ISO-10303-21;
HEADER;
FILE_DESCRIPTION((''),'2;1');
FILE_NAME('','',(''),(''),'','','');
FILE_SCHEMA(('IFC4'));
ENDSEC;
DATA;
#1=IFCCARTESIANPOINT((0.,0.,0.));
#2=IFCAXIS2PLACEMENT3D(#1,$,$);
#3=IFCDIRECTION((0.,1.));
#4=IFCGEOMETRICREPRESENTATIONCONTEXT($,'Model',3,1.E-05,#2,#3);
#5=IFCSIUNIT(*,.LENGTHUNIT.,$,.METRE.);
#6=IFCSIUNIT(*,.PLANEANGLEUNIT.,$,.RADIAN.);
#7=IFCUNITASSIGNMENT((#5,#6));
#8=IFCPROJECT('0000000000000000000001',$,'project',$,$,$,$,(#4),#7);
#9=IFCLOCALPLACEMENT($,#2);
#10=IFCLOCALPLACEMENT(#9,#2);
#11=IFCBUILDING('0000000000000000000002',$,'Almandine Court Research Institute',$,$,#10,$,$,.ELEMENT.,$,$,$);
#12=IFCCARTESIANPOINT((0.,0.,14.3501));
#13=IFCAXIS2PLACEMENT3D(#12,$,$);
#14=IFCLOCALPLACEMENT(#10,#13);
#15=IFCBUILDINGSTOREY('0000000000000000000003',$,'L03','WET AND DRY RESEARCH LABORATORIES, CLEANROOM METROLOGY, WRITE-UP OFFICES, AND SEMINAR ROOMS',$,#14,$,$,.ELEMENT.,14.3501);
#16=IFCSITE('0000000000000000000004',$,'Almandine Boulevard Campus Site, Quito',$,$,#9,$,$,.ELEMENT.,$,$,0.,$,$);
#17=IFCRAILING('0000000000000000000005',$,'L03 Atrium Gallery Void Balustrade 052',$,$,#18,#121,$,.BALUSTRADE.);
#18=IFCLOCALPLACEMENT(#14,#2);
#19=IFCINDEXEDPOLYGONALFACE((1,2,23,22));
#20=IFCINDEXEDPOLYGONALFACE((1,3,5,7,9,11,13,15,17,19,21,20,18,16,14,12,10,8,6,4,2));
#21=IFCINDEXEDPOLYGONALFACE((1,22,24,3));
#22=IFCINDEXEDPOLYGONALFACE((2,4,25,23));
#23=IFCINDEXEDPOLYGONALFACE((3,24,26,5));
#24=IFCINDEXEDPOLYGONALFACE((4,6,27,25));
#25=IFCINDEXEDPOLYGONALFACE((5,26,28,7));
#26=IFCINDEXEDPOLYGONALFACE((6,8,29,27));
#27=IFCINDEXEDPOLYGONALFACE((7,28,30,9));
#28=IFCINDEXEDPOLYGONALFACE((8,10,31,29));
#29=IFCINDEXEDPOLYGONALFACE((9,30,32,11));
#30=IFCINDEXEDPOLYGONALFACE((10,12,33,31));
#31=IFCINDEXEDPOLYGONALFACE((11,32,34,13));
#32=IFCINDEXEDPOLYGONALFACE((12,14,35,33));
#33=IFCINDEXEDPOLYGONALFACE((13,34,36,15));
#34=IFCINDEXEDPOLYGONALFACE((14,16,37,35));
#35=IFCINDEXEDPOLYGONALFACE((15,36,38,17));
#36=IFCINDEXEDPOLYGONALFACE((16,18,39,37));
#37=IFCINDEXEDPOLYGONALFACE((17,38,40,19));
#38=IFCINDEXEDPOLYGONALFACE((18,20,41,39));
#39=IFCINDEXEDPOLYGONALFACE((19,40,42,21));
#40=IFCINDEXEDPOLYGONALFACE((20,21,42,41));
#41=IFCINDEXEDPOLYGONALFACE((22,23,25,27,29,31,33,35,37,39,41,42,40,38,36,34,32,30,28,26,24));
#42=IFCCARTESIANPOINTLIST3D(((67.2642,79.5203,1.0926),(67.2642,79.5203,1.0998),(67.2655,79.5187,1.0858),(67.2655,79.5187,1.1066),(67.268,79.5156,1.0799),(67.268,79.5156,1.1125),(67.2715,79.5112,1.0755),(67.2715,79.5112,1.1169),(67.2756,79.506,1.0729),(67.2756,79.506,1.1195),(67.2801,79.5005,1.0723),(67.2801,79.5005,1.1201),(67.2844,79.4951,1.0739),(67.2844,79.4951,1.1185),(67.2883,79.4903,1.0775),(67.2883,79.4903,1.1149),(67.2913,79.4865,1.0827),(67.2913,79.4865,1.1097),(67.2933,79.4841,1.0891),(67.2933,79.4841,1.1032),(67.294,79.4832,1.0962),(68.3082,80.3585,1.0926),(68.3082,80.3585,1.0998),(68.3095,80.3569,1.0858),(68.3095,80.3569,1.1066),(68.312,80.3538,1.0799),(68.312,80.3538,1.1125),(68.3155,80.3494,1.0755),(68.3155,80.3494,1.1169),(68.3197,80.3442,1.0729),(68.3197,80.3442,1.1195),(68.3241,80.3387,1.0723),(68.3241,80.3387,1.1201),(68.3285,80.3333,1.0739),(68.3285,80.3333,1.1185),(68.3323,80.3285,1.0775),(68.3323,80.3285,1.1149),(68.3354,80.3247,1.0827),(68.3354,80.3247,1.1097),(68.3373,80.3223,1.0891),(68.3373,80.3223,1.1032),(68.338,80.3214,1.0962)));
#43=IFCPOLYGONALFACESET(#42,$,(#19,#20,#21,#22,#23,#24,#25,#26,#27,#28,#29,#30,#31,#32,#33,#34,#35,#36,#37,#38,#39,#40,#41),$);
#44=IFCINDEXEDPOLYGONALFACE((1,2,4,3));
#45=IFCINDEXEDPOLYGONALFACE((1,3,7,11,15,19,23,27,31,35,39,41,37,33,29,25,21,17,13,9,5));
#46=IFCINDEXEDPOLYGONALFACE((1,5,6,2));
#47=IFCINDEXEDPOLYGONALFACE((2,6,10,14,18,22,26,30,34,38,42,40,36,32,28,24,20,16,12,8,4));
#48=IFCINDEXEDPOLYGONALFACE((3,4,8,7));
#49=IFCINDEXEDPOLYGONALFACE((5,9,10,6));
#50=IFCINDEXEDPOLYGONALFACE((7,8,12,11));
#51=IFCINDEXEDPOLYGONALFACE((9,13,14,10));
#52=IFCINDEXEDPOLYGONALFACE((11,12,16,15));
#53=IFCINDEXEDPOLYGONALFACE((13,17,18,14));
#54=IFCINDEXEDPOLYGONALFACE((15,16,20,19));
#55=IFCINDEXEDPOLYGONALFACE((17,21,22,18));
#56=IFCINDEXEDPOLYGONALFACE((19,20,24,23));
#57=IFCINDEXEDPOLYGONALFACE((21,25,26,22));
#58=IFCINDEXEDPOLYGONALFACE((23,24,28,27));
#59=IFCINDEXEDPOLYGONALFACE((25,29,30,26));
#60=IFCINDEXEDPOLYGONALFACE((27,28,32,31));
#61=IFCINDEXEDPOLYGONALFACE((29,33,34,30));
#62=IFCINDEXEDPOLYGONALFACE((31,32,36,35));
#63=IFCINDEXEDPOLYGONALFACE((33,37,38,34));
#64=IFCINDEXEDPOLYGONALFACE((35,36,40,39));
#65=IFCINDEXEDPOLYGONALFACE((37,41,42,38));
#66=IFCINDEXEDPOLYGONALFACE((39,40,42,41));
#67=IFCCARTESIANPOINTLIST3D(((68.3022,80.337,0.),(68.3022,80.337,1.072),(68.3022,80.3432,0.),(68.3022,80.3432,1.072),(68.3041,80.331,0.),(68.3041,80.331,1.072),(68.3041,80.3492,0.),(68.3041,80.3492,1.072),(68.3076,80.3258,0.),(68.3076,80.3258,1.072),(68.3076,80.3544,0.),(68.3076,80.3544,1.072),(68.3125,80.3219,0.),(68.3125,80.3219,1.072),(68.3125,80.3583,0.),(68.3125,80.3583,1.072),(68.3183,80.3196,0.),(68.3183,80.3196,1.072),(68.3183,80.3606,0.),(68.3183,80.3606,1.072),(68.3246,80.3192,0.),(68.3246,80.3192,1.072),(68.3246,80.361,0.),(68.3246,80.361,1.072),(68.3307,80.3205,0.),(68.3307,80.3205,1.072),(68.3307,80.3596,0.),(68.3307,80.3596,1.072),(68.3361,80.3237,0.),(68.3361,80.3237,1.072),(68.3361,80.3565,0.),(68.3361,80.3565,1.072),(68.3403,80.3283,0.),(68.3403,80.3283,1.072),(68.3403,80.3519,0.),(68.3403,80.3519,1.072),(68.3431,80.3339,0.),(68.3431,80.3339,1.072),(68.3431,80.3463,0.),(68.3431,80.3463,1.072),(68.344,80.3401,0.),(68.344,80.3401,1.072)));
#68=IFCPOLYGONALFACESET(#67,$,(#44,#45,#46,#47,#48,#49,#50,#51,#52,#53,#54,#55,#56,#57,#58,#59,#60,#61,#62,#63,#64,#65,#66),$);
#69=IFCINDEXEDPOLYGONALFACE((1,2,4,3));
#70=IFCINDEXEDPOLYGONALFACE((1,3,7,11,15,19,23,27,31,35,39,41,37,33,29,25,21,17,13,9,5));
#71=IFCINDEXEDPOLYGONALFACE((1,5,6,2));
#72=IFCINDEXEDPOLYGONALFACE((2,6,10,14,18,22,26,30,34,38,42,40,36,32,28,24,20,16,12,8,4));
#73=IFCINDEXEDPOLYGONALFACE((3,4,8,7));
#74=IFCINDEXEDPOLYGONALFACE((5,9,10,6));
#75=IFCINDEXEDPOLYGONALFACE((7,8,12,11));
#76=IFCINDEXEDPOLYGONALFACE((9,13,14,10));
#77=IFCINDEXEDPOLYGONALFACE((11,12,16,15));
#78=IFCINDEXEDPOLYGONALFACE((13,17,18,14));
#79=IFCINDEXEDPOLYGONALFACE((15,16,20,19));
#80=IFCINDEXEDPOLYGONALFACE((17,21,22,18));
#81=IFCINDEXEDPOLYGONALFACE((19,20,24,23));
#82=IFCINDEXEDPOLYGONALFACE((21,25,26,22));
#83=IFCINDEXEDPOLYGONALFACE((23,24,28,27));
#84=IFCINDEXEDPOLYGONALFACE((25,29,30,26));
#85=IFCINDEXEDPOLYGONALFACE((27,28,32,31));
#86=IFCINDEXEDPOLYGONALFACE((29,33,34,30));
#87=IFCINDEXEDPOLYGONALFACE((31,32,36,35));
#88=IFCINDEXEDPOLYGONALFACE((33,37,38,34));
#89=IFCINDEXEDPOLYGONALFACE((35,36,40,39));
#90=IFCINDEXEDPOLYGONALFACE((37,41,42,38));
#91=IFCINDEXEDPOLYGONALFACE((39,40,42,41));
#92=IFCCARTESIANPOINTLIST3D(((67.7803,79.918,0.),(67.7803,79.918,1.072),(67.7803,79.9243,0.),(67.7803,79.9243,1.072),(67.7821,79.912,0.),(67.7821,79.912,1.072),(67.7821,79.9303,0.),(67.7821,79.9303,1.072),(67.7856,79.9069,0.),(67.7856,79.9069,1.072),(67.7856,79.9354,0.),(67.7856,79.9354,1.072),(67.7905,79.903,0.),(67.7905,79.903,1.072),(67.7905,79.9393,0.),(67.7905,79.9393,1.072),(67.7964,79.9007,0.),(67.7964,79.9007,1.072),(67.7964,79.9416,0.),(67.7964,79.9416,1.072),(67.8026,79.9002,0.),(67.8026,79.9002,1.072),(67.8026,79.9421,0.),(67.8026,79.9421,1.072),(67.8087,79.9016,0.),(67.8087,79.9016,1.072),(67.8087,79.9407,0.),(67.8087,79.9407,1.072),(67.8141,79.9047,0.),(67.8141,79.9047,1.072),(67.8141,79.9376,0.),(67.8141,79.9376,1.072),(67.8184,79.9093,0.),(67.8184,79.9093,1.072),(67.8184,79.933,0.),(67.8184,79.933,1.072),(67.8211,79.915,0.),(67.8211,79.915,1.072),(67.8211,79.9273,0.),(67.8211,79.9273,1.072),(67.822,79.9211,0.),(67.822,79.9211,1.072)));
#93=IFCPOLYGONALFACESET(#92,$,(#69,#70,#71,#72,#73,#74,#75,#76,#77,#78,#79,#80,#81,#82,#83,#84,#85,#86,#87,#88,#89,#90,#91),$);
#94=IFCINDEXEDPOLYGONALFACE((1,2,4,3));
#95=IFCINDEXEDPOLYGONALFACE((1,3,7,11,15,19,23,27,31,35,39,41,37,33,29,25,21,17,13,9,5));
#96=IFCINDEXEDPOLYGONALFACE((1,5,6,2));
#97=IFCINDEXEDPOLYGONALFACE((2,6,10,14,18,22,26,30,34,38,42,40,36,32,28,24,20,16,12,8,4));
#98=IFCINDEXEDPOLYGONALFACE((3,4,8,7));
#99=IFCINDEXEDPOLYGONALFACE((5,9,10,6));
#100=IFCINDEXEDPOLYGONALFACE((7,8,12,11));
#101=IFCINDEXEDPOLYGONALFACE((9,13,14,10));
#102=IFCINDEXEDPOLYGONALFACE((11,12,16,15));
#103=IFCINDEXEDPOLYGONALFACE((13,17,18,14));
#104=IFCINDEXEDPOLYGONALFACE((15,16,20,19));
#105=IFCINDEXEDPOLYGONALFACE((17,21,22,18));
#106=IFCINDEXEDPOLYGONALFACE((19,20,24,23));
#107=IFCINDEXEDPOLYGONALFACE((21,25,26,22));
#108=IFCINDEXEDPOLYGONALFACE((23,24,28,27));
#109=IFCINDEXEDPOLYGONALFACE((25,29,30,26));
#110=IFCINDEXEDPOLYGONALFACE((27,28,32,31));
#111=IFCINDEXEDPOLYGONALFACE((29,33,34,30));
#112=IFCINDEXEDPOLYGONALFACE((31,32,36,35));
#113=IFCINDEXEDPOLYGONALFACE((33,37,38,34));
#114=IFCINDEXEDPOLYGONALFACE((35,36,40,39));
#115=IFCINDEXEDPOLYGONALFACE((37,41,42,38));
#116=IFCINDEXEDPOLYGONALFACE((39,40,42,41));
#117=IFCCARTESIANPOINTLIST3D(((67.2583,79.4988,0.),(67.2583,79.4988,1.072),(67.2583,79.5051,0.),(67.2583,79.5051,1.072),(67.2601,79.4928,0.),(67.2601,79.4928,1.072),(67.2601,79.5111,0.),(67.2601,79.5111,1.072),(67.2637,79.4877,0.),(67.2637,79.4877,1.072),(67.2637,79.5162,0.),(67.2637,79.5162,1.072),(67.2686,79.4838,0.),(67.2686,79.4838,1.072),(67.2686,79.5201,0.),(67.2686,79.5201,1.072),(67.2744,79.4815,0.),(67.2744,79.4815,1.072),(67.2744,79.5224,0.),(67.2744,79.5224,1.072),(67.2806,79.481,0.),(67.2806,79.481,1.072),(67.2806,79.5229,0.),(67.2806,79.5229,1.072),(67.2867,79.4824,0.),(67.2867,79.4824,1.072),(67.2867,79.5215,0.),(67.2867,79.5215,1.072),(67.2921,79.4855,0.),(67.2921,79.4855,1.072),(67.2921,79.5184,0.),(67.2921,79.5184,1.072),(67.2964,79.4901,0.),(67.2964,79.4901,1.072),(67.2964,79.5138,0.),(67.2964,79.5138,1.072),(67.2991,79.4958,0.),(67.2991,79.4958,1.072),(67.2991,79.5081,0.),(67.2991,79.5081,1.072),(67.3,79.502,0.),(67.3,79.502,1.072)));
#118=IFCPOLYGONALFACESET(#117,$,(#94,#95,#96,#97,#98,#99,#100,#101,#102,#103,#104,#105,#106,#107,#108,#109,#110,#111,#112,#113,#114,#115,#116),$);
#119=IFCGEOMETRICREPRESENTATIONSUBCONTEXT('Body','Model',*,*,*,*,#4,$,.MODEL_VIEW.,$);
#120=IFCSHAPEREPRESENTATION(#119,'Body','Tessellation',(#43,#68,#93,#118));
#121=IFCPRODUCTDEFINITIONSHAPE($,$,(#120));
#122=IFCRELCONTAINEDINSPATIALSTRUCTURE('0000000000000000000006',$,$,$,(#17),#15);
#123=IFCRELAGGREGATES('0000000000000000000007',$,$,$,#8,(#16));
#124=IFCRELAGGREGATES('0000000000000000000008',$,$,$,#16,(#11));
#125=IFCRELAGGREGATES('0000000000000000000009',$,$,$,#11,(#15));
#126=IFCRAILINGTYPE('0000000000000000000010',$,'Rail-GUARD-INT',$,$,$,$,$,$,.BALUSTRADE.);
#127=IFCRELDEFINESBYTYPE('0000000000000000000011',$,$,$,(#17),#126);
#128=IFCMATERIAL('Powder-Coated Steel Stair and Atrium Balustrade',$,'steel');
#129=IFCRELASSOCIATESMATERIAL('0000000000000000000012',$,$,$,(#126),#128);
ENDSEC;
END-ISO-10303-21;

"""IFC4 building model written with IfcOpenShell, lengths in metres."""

from ifc_helpers import new_model, si_unit, direction, frame, origin, origin_2d, place, context, subcontext, project, spatial, circle, extrude, material, type_object, element, save


model = new_model("IFC4")

# Units and contexts
model_context = context("Model", 3, precision=1e-05, world=origin(), true_north=direction((0.0, 1.0)))
body_context = subcontext(model_context, "Body", "Model", "MODEL_VIEW")
ifc_project = project(units=[si_unit("LENGTHUNIT", "METRE"), si_unit("PLANEANGLEUNIT", "RADIAN")], contexts=[model_context])

# Site, building, storey
site_placement = place(None, origin())
site = spatial("IfcSite", under=ifc_project, at=site_placement, Name="Almandine Boulevard Campus Site, Quito", CompositionType="ELEMENT", RefElevation=0.0)
building_placement = place(site_placement, origin())
building = spatial("IfcBuilding", under=site, at=building_placement, Name="Almandine Court Research Institute", CompositionType="ELEMENT")
storey_placement = place(building_placement, frame((0.0, 0.0, 14.3501)))
storey = spatial("IfcBuildingStorey", under=building, at=storey_placement, Name="L03", Description="WET AND DRY RESEARCH LABORATORIES, CLEANROOM METROLOGY, WRITE-UP OFFICES, AND SEMINAR ROOMS", CompositionType="ELEMENT", Elevation=14.3501)

# Railing
ifc_material_1 = material(Name="Powder-Coated Steel Stair and Atrium Balustrade", Category="steel")
railing_type = type_object("IfcRailingType", Name="Rail-GUARD-INT", PredefinedType="BALUSTRADE", material=ifc_material_1)
railing_1_placement = place(storey_placement, frame((68.323, 80.3401, 0.0)))
element("IfcRailing", 1, at=railing_1_placement, inside=storey, type_object=railing_type, Name="L03 Atrium Gallery Void Balustrade 052", PredefinedType="BALUSTRADE", context=body_context, shape_type="SweptSolid", body=[
    extrude(circle(Radius=0.0239, at=origin_2d()), frame((0.0, 0.0, 1.0962), z_axis=(-0.779782, -0.626051, 0.0), x_axis=(0.626051, -0.779782, 0.0)), (0.0, 0.0, 1.0), 1.3389),
    extrude(circle(Radius=0.021, at=origin_2d()), origin(), (0.0, 0.0, 1.0), 1.072),
    extrude(circle(Radius=0.021, at=origin_2d()), frame((-0.522, -0.4189, 0.0)), (0.0, 0.0, 1.0), 1.072),
    extrude(circle(Radius=0.021, at=origin_2d()), frame((-1.0439, -0.8381, 0.0)), (0.0, 0.0, 1.0), 1.072),
])

save(model, "model.ifc")
